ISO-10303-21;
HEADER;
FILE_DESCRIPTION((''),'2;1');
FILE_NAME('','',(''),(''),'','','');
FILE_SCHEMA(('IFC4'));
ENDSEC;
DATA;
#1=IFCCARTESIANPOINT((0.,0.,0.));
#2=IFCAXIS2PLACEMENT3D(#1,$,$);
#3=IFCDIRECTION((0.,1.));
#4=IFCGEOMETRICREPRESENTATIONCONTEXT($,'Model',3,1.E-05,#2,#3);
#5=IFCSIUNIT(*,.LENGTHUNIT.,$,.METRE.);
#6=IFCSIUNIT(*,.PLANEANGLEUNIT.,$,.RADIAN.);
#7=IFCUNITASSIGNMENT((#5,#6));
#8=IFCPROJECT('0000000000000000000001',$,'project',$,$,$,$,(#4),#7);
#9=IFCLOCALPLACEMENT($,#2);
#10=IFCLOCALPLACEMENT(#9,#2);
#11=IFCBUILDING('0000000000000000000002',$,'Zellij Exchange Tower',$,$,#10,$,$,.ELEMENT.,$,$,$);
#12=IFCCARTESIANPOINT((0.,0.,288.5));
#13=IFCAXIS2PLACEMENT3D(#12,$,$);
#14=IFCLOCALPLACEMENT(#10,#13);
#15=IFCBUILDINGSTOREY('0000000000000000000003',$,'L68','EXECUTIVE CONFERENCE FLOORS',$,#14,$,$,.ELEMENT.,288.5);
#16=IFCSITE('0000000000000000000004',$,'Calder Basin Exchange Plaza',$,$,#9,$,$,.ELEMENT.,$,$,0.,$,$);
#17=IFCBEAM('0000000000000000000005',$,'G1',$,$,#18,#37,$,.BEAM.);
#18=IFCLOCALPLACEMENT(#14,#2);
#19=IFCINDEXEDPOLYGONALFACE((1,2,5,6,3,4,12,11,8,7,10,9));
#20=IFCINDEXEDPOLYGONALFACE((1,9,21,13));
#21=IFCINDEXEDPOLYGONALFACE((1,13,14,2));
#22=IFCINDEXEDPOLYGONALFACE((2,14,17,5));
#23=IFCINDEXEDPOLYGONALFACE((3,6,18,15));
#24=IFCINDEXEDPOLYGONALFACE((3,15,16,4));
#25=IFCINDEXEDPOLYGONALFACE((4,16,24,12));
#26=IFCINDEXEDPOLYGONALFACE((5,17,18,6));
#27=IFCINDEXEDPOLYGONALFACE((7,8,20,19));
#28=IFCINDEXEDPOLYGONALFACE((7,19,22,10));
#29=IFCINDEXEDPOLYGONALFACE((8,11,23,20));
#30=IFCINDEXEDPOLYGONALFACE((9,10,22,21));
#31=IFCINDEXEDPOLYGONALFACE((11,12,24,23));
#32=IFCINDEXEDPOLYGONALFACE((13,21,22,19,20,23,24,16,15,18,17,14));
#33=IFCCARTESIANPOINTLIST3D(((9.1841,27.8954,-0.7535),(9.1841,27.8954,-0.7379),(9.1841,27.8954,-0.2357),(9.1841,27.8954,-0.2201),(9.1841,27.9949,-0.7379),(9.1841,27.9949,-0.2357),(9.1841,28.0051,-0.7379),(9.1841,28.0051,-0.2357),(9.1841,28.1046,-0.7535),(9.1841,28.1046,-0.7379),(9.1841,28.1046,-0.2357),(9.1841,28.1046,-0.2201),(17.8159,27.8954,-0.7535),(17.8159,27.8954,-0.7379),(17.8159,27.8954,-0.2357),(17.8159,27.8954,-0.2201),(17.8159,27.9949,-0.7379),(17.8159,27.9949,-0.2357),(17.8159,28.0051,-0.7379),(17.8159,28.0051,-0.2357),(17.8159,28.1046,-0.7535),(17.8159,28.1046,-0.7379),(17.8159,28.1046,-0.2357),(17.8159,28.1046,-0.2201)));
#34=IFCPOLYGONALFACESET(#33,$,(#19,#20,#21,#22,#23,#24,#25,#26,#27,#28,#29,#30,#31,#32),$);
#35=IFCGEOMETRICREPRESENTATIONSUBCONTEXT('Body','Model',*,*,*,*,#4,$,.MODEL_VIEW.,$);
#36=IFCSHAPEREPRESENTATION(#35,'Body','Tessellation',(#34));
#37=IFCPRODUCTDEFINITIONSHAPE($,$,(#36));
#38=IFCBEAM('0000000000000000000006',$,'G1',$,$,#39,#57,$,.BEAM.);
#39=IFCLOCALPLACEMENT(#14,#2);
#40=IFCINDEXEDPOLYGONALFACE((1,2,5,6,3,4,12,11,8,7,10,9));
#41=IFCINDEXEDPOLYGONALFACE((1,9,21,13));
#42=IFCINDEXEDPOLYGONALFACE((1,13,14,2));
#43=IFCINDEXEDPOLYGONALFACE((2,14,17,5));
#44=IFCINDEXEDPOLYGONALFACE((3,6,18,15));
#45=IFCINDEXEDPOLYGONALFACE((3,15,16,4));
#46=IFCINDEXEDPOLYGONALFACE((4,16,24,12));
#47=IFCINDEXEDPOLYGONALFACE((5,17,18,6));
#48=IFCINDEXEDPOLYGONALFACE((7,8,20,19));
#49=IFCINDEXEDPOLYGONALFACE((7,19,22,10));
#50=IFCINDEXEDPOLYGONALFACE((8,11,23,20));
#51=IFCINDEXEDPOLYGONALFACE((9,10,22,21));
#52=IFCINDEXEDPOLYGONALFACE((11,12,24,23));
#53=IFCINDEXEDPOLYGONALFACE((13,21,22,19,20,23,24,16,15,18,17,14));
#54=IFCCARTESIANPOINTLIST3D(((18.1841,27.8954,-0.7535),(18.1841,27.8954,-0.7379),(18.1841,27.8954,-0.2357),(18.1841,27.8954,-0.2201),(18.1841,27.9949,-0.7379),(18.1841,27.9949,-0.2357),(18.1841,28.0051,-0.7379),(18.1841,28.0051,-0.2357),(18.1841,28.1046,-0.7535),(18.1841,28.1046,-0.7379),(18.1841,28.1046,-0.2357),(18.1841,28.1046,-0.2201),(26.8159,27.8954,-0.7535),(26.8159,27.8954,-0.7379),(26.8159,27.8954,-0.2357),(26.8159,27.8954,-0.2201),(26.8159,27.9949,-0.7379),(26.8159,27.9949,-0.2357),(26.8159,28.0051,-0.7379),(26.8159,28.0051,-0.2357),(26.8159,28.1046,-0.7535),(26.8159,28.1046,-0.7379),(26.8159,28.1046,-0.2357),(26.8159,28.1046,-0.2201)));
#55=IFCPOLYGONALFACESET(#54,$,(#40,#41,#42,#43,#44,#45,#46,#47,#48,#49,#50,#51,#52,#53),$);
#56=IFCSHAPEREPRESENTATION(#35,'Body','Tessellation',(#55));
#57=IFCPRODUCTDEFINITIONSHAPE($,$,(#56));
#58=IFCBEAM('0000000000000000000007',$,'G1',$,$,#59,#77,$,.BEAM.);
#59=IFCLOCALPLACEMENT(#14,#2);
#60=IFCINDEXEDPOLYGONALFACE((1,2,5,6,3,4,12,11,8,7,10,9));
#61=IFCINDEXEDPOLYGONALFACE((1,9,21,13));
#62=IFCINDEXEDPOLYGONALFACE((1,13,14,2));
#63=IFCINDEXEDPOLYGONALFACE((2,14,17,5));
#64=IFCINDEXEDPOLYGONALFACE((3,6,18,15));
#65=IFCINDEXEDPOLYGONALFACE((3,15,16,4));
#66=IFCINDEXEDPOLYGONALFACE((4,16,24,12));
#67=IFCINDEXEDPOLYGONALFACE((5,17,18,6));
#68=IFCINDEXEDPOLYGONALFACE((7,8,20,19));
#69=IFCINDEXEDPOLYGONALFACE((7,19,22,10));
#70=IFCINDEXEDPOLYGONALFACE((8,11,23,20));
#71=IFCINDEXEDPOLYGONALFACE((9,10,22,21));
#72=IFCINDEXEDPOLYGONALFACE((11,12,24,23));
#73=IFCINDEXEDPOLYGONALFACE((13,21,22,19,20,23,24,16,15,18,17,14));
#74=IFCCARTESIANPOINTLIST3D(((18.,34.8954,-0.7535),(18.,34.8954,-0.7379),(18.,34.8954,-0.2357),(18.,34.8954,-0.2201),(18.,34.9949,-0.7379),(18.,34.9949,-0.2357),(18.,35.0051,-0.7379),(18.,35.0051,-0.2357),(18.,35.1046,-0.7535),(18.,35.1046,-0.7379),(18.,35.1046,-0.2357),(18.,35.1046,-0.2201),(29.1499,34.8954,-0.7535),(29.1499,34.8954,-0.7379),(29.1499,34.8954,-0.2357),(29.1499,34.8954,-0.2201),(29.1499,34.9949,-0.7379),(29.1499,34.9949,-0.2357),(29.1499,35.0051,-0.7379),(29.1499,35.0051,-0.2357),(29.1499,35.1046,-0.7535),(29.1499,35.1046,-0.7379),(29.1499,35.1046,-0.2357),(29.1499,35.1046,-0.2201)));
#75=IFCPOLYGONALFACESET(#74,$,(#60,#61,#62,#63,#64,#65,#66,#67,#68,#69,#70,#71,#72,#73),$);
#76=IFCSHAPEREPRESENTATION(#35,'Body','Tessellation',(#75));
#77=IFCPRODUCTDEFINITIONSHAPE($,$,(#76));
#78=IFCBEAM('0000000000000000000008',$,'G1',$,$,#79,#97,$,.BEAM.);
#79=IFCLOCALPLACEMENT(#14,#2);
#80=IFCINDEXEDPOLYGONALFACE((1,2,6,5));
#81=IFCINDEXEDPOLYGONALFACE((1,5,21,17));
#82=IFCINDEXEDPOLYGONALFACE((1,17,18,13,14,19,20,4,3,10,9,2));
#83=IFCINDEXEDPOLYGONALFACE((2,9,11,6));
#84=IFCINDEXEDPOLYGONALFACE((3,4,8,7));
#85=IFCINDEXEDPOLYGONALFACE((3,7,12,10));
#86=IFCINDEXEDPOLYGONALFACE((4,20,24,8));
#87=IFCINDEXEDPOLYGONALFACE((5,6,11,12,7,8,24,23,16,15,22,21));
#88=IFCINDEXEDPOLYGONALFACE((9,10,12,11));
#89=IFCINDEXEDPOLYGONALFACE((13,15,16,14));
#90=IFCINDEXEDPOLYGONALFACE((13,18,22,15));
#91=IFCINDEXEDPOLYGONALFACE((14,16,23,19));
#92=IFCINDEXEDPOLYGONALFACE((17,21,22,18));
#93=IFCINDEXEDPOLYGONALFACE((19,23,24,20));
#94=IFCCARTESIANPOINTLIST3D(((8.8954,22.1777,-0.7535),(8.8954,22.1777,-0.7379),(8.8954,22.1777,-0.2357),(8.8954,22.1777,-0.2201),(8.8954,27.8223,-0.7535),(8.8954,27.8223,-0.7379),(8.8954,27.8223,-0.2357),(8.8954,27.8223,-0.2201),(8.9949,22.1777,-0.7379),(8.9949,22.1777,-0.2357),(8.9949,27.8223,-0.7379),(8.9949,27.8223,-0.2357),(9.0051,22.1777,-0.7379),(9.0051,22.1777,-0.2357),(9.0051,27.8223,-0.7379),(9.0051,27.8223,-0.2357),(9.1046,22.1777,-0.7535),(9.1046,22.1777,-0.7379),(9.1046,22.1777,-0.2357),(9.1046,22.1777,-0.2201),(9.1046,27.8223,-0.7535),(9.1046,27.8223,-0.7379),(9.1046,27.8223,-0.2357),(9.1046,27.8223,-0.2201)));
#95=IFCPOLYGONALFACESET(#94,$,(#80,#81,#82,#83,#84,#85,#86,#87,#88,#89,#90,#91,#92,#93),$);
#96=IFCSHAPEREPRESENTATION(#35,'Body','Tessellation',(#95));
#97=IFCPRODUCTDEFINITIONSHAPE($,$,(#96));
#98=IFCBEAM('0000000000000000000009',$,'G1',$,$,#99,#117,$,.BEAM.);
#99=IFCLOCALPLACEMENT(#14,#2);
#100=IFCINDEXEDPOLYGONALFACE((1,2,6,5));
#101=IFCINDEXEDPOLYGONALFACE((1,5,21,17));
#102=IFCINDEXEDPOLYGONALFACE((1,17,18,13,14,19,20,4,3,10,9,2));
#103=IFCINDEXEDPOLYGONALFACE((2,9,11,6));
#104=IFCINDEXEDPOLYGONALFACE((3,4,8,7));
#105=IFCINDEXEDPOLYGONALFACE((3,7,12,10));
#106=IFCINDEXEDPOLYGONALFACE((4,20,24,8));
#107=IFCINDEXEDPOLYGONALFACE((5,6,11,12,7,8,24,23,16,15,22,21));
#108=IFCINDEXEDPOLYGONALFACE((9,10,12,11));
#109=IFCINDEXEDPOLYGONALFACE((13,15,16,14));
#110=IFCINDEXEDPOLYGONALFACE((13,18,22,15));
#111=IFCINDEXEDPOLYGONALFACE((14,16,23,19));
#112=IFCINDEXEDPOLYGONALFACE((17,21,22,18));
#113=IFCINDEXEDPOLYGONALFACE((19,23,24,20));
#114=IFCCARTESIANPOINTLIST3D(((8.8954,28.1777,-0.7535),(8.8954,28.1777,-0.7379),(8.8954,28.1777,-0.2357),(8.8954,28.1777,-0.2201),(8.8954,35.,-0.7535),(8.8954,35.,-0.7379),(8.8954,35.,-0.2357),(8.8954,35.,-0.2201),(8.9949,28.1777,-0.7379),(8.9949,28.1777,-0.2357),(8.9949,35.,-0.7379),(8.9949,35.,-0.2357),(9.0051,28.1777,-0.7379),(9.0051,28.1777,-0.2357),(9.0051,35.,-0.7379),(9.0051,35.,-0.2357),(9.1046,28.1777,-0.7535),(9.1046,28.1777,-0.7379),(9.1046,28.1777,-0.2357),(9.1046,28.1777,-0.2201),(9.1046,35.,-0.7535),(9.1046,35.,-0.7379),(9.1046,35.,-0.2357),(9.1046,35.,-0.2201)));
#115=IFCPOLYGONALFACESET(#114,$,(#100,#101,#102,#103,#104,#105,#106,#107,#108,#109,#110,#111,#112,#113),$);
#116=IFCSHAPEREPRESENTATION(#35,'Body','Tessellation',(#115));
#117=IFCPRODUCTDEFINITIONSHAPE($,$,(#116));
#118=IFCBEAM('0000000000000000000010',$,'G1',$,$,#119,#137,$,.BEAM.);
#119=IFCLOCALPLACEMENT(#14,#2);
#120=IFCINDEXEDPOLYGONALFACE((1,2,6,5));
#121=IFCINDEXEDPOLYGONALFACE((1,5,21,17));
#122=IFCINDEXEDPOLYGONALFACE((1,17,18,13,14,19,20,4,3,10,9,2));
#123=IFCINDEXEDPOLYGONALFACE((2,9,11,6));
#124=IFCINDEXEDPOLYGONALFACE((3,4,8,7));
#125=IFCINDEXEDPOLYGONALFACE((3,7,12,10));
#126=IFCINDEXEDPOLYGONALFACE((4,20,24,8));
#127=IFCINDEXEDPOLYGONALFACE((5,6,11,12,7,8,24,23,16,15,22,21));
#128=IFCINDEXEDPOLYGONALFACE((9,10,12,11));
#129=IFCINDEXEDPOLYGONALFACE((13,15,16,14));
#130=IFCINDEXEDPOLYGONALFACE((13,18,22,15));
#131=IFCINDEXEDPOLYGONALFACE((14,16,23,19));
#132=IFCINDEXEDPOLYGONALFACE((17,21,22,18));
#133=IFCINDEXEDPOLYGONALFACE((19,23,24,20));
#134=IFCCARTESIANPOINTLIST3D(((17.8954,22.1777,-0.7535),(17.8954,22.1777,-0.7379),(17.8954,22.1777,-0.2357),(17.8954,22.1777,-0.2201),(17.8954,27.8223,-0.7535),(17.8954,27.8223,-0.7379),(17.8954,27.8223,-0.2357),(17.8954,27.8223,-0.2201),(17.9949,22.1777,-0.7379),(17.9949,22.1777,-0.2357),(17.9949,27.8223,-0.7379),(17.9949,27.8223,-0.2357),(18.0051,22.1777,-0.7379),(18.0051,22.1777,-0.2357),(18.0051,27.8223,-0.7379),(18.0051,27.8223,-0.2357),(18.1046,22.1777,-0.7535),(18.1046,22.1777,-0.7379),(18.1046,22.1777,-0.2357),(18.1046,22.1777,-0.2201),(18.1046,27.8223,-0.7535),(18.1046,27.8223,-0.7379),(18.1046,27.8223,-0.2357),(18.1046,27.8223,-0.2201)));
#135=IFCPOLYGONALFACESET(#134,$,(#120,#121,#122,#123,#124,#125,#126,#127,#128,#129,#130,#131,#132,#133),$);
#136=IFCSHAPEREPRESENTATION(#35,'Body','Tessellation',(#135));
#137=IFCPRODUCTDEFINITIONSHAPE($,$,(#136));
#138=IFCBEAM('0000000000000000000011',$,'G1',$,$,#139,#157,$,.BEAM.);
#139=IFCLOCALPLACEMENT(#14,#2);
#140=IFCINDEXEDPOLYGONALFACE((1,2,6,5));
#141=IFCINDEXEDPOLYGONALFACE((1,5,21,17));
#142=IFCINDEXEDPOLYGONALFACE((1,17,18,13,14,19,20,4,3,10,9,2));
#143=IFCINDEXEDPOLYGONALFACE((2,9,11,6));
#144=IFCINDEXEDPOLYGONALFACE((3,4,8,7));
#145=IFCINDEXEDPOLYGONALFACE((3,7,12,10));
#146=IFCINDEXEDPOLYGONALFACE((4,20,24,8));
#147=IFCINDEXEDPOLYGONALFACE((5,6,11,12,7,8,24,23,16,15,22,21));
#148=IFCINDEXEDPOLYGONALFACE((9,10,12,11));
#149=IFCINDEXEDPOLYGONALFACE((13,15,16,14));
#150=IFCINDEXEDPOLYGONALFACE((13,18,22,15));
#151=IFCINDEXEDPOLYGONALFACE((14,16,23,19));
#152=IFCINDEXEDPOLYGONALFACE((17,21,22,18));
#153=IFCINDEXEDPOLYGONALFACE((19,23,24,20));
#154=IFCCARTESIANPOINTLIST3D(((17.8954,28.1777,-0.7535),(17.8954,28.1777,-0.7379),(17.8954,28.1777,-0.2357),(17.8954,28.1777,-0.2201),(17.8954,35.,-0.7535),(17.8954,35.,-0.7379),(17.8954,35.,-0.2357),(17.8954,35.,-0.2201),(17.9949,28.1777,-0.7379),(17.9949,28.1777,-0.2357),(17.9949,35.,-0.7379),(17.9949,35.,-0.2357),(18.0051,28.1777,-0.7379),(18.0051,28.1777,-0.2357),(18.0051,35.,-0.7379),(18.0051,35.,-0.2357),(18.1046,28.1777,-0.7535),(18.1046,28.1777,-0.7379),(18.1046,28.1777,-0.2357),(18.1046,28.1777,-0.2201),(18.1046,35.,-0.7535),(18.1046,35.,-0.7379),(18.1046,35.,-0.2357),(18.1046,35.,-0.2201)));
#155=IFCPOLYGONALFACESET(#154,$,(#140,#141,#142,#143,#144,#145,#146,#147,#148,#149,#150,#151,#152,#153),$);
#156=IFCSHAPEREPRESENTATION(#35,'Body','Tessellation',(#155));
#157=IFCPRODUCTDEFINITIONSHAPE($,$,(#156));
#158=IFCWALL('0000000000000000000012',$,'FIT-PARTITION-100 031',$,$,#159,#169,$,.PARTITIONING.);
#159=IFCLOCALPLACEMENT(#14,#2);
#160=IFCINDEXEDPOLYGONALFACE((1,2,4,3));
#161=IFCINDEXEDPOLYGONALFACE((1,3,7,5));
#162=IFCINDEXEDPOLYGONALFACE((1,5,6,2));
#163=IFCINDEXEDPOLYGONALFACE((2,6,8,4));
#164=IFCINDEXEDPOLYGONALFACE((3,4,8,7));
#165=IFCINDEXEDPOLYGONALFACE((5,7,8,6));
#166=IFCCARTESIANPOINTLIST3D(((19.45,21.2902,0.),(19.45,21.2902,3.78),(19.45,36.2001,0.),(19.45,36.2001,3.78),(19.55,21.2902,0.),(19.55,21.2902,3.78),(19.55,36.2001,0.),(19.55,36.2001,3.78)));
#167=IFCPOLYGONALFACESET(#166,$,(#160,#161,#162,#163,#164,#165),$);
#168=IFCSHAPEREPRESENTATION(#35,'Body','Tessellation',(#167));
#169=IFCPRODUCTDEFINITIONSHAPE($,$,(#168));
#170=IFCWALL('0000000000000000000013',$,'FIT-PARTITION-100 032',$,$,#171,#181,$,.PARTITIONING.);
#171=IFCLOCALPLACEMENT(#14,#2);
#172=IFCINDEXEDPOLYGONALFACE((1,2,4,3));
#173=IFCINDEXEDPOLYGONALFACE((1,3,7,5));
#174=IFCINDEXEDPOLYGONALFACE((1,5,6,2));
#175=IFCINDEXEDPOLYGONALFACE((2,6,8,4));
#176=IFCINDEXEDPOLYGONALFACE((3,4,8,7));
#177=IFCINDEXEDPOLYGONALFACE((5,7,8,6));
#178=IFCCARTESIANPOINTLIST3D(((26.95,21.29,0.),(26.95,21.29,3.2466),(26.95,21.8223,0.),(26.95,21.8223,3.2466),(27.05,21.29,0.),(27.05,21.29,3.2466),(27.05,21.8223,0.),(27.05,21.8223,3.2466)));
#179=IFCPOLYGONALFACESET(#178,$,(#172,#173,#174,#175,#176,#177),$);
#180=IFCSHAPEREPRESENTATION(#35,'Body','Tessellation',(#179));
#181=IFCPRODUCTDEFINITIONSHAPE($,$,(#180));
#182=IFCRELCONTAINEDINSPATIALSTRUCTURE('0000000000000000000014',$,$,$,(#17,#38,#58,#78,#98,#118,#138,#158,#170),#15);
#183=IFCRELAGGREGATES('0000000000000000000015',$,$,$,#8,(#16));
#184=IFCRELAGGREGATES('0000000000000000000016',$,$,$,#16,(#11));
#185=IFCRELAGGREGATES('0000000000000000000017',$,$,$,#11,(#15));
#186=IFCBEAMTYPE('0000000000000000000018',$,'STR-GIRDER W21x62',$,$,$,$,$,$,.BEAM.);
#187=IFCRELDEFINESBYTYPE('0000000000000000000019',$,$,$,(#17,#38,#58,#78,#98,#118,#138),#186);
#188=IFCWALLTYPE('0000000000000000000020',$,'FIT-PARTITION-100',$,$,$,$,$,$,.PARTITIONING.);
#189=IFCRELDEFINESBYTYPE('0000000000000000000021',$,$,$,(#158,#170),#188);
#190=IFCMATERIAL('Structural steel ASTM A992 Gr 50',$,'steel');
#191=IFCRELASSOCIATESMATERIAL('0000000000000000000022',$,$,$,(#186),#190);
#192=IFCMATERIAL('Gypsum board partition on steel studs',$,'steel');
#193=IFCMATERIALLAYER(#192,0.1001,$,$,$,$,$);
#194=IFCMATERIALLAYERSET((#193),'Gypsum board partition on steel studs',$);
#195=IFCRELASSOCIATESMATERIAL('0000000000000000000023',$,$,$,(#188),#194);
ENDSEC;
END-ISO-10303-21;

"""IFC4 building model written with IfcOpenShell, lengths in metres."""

from ifc_helpers import new_model, si_unit, direction, frame, frame_2d, origin, origin_2d, place, context, subcontext, project, spatial, rectangle, i_section, extrude, material, layer, layer_set, material_profile, profile_set, type_object, element, save


model = new_model("IFC4")

# Units and contexts
model_context = context("Model", 3, precision=1e-05, world=origin(), true_north=direction((0.0, 1.0)))
body_context = subcontext(model_context, "Body", "Model", "MODEL_VIEW")
ifc_project = project(units=[si_unit("LENGTHUNIT", "METRE"), si_unit("PLANEANGLEUNIT", "RADIAN")], contexts=[model_context])

# Site, building, storey
site_placement = place(None, origin())
site = spatial("IfcSite", under=ifc_project, at=site_placement, Name="Calder Basin Exchange Plaza", CompositionType="ELEMENT", RefElevation=0.0)
building_placement = place(site_placement, origin())
building = spatial("IfcBuilding", under=site, at=building_placement, Name="Zellij Exchange Tower", CompositionType="ELEMENT")
storey_placement = place(building_placement, frame((0.0, 0.0, 288.5)))
storey = spatial("IfcBuildingStorey", under=building, at=storey_placement, Name="L68", Description="EXECUTIVE CONFERENCE FLOORS", CompositionType="ELEMENT", Elevation=288.5)

# Shared definitions
ifc_material_1 = material(Name="Structural steel ASTM A992 Gr 50", Category="steel")

# Beams
ifc_material_profile_1 = material_profile(ifc_material_1, i_section(OverallWidth=0.2092, OverallDepth=0.5334, WebThickness=0.0103, FlangeThickness=0.0156, at=origin_2d()), Name="W21x62")
ifc_profile_set_1 = profile_set([ifc_material_profile_1], Name="Structural steel ASTM A992 Gr 50")
beam_type = type_object("IfcBeamType", Name="STR-GIRDER W21x62", PredefinedType="BEAM", material=ifc_profile_set_1)
for number, where, z_axis, x_axis, name in (
    (1, (9.1841, 28.0, -0.4868), (1.0, 0.0, 0.0), (0.0, 1.0, 0.0), "G1"),
    (2, (18.1841, 28.0, -0.4868), (1.0, 0.0, 0.0), (0.0, 1.0, 0.0), "G1"),
):
    element("IfcBeam", number, at=place(storey_placement, frame(where, z_axis=z_axis, x_axis=x_axis)), inside=storey, type_object=beam_type, Name=name, PredefinedType="BEAM", context=body_context, shape_type="SweptSolid", body=[
        extrude(i_section(OverallWidth=0.2092, OverallDepth=0.5334, WebThickness=0.0103, FlangeThickness=0.0156, at=origin_2d()), origin(), (0.0, 0.0, 1.0), 8.6318),
    ])
beam_1_placement = place(storey_placement, frame((18.0, 35.0, -0.4868), z_axis=(1.0, 0.0, 0.0), x_axis=(0.0, 1.0, 0.0)))
element("IfcBeam", 3, at=beam_1_placement, inside=storey, type_object=beam_type, Name="G1", PredefinedType="BEAM", context=body_context, shape_type="SweptSolid", body=[
    extrude(i_section(OverallWidth=0.2092, OverallDepth=0.5334, WebThickness=0.0103, FlangeThickness=0.0156, at=origin_2d()), origin(), (0.0, 0.0, 1.0), 11.1499),
])
beam_2_placement = place(storey_placement, frame((9.0, 22.1777, -0.4868), z_axis=(0.0, 1.0, 0.0), x_axis=(-1.0, 0.0, 0.0)))
element("IfcBeam", 4, at=beam_2_placement, inside=storey, type_object=beam_type, Name="G1", PredefinedType="BEAM", context=body_context, shape_type="SweptSolid", body=[
    extrude(i_section(OverallWidth=0.2092, OverallDepth=0.5334, WebThickness=0.0103, FlangeThickness=0.0156, at=origin_2d()), origin(), (0.0, 0.0, 1.0), 5.6445),
])
beam_3_placement = place(storey_placement, frame((9.0, 28.1777, -0.4868), z_axis=(0.0, 1.0, 0.0), x_axis=(-1.0, 0.0, 0.0)))
element("IfcBeam", 5, at=beam_3_placement, inside=storey, type_object=beam_type, Name="G1", PredefinedType="BEAM", context=body_context, shape_type="SweptSolid", body=[
    extrude(i_section(OverallWidth=0.2092, OverallDepth=0.5334, WebThickness=0.0103, FlangeThickness=0.0156, at=origin_2d()), origin(), (0.0, 0.0, 1.0), 6.8223),
])
beam_4_placement = place(storey_placement, frame((18.0, 22.1777, -0.4868), z_axis=(0.0, 1.0, 0.0), x_axis=(-1.0, 0.0, 0.0)))
element("IfcBeam", 6, at=beam_4_placement, inside=storey, type_object=beam_type, Name="G1", PredefinedType="BEAM", context=body_context, shape_type="SweptSolid", body=[
    extrude(i_section(OverallWidth=0.2092, OverallDepth=0.5334, WebThickness=0.0103, FlangeThickness=0.0156, at=origin_2d()), origin(), (0.0, 0.0, 1.0), 5.6445),
])
beam_5_placement = place(storey_placement, frame((18.0, 28.1777, -0.4868), z_axis=(0.0, 1.0, 0.0), x_axis=(-1.0, 0.0, 0.0)))
element("IfcBeam", 7, at=beam_5_placement, inside=storey, type_object=beam_type, Name="G1", PredefinedType="BEAM", context=body_context, shape_type="SweptSolid", body=[
    extrude(i_section(OverallWidth=0.2092, OverallDepth=0.5334, WebThickness=0.0103, FlangeThickness=0.0156, at=origin_2d()), origin(), (0.0, 0.0, 1.0), 6.8223),
])

# Walls
ifc_material_2 = material(Name="Gypsum board partition on steel studs", Category="steel")
ifc_layer_1 = layer(ifc_material_2, 0.1001)
ifc_layer_set_1 = layer_set([ifc_layer_1], Name="Gypsum board partition on steel studs")
wall_type_1 = type_object("IfcWallType", Name="FIT-PARTITION-100", PredefinedType="PARTITIONING", material=ifc_layer_set_1)
wall_1_placement = place(storey_placement, frame((19.5, 21.29, 0.0), z_axis=(0.0, 0.0, 1.0), x_axis=(0.0, 1.0, 0.0)))
element("IfcWall", 8, at=wall_1_placement, inside=storey, type_object=wall_type_1, Name="FIT-PARTITION-100 031", PredefinedType="PARTITIONING", context=body_context, shape_type="SweptSolid", body=[
    extrude(rectangle(XDim=14.9099, YDim=0.1001, at=frame_2d((7.4551, 0.0))), origin(), (0.0, 0.0, 1.0), 3.78),
])
wall_2_placement = place(storey_placement, frame((27.0, 21.29, 0.0), z_axis=(0.0, 0.0, 1.0), x_axis=(0.0, 1.0, 0.0)))
element("IfcWall", 9, at=wall_2_placement, inside=storey, type_object=wall_type_1, Name="FIT-PARTITION-100 032", PredefinedType="PARTITIONING", context=body_context, shape_type="SweptSolid", body=[
    extrude(rectangle(XDim=0.5322, YDim=0.1001, at=frame_2d((0.2661, 0.0))), origin(), (0.0, 0.0, 1.0), 3.2466),
])

save(model, "model.ifc")
